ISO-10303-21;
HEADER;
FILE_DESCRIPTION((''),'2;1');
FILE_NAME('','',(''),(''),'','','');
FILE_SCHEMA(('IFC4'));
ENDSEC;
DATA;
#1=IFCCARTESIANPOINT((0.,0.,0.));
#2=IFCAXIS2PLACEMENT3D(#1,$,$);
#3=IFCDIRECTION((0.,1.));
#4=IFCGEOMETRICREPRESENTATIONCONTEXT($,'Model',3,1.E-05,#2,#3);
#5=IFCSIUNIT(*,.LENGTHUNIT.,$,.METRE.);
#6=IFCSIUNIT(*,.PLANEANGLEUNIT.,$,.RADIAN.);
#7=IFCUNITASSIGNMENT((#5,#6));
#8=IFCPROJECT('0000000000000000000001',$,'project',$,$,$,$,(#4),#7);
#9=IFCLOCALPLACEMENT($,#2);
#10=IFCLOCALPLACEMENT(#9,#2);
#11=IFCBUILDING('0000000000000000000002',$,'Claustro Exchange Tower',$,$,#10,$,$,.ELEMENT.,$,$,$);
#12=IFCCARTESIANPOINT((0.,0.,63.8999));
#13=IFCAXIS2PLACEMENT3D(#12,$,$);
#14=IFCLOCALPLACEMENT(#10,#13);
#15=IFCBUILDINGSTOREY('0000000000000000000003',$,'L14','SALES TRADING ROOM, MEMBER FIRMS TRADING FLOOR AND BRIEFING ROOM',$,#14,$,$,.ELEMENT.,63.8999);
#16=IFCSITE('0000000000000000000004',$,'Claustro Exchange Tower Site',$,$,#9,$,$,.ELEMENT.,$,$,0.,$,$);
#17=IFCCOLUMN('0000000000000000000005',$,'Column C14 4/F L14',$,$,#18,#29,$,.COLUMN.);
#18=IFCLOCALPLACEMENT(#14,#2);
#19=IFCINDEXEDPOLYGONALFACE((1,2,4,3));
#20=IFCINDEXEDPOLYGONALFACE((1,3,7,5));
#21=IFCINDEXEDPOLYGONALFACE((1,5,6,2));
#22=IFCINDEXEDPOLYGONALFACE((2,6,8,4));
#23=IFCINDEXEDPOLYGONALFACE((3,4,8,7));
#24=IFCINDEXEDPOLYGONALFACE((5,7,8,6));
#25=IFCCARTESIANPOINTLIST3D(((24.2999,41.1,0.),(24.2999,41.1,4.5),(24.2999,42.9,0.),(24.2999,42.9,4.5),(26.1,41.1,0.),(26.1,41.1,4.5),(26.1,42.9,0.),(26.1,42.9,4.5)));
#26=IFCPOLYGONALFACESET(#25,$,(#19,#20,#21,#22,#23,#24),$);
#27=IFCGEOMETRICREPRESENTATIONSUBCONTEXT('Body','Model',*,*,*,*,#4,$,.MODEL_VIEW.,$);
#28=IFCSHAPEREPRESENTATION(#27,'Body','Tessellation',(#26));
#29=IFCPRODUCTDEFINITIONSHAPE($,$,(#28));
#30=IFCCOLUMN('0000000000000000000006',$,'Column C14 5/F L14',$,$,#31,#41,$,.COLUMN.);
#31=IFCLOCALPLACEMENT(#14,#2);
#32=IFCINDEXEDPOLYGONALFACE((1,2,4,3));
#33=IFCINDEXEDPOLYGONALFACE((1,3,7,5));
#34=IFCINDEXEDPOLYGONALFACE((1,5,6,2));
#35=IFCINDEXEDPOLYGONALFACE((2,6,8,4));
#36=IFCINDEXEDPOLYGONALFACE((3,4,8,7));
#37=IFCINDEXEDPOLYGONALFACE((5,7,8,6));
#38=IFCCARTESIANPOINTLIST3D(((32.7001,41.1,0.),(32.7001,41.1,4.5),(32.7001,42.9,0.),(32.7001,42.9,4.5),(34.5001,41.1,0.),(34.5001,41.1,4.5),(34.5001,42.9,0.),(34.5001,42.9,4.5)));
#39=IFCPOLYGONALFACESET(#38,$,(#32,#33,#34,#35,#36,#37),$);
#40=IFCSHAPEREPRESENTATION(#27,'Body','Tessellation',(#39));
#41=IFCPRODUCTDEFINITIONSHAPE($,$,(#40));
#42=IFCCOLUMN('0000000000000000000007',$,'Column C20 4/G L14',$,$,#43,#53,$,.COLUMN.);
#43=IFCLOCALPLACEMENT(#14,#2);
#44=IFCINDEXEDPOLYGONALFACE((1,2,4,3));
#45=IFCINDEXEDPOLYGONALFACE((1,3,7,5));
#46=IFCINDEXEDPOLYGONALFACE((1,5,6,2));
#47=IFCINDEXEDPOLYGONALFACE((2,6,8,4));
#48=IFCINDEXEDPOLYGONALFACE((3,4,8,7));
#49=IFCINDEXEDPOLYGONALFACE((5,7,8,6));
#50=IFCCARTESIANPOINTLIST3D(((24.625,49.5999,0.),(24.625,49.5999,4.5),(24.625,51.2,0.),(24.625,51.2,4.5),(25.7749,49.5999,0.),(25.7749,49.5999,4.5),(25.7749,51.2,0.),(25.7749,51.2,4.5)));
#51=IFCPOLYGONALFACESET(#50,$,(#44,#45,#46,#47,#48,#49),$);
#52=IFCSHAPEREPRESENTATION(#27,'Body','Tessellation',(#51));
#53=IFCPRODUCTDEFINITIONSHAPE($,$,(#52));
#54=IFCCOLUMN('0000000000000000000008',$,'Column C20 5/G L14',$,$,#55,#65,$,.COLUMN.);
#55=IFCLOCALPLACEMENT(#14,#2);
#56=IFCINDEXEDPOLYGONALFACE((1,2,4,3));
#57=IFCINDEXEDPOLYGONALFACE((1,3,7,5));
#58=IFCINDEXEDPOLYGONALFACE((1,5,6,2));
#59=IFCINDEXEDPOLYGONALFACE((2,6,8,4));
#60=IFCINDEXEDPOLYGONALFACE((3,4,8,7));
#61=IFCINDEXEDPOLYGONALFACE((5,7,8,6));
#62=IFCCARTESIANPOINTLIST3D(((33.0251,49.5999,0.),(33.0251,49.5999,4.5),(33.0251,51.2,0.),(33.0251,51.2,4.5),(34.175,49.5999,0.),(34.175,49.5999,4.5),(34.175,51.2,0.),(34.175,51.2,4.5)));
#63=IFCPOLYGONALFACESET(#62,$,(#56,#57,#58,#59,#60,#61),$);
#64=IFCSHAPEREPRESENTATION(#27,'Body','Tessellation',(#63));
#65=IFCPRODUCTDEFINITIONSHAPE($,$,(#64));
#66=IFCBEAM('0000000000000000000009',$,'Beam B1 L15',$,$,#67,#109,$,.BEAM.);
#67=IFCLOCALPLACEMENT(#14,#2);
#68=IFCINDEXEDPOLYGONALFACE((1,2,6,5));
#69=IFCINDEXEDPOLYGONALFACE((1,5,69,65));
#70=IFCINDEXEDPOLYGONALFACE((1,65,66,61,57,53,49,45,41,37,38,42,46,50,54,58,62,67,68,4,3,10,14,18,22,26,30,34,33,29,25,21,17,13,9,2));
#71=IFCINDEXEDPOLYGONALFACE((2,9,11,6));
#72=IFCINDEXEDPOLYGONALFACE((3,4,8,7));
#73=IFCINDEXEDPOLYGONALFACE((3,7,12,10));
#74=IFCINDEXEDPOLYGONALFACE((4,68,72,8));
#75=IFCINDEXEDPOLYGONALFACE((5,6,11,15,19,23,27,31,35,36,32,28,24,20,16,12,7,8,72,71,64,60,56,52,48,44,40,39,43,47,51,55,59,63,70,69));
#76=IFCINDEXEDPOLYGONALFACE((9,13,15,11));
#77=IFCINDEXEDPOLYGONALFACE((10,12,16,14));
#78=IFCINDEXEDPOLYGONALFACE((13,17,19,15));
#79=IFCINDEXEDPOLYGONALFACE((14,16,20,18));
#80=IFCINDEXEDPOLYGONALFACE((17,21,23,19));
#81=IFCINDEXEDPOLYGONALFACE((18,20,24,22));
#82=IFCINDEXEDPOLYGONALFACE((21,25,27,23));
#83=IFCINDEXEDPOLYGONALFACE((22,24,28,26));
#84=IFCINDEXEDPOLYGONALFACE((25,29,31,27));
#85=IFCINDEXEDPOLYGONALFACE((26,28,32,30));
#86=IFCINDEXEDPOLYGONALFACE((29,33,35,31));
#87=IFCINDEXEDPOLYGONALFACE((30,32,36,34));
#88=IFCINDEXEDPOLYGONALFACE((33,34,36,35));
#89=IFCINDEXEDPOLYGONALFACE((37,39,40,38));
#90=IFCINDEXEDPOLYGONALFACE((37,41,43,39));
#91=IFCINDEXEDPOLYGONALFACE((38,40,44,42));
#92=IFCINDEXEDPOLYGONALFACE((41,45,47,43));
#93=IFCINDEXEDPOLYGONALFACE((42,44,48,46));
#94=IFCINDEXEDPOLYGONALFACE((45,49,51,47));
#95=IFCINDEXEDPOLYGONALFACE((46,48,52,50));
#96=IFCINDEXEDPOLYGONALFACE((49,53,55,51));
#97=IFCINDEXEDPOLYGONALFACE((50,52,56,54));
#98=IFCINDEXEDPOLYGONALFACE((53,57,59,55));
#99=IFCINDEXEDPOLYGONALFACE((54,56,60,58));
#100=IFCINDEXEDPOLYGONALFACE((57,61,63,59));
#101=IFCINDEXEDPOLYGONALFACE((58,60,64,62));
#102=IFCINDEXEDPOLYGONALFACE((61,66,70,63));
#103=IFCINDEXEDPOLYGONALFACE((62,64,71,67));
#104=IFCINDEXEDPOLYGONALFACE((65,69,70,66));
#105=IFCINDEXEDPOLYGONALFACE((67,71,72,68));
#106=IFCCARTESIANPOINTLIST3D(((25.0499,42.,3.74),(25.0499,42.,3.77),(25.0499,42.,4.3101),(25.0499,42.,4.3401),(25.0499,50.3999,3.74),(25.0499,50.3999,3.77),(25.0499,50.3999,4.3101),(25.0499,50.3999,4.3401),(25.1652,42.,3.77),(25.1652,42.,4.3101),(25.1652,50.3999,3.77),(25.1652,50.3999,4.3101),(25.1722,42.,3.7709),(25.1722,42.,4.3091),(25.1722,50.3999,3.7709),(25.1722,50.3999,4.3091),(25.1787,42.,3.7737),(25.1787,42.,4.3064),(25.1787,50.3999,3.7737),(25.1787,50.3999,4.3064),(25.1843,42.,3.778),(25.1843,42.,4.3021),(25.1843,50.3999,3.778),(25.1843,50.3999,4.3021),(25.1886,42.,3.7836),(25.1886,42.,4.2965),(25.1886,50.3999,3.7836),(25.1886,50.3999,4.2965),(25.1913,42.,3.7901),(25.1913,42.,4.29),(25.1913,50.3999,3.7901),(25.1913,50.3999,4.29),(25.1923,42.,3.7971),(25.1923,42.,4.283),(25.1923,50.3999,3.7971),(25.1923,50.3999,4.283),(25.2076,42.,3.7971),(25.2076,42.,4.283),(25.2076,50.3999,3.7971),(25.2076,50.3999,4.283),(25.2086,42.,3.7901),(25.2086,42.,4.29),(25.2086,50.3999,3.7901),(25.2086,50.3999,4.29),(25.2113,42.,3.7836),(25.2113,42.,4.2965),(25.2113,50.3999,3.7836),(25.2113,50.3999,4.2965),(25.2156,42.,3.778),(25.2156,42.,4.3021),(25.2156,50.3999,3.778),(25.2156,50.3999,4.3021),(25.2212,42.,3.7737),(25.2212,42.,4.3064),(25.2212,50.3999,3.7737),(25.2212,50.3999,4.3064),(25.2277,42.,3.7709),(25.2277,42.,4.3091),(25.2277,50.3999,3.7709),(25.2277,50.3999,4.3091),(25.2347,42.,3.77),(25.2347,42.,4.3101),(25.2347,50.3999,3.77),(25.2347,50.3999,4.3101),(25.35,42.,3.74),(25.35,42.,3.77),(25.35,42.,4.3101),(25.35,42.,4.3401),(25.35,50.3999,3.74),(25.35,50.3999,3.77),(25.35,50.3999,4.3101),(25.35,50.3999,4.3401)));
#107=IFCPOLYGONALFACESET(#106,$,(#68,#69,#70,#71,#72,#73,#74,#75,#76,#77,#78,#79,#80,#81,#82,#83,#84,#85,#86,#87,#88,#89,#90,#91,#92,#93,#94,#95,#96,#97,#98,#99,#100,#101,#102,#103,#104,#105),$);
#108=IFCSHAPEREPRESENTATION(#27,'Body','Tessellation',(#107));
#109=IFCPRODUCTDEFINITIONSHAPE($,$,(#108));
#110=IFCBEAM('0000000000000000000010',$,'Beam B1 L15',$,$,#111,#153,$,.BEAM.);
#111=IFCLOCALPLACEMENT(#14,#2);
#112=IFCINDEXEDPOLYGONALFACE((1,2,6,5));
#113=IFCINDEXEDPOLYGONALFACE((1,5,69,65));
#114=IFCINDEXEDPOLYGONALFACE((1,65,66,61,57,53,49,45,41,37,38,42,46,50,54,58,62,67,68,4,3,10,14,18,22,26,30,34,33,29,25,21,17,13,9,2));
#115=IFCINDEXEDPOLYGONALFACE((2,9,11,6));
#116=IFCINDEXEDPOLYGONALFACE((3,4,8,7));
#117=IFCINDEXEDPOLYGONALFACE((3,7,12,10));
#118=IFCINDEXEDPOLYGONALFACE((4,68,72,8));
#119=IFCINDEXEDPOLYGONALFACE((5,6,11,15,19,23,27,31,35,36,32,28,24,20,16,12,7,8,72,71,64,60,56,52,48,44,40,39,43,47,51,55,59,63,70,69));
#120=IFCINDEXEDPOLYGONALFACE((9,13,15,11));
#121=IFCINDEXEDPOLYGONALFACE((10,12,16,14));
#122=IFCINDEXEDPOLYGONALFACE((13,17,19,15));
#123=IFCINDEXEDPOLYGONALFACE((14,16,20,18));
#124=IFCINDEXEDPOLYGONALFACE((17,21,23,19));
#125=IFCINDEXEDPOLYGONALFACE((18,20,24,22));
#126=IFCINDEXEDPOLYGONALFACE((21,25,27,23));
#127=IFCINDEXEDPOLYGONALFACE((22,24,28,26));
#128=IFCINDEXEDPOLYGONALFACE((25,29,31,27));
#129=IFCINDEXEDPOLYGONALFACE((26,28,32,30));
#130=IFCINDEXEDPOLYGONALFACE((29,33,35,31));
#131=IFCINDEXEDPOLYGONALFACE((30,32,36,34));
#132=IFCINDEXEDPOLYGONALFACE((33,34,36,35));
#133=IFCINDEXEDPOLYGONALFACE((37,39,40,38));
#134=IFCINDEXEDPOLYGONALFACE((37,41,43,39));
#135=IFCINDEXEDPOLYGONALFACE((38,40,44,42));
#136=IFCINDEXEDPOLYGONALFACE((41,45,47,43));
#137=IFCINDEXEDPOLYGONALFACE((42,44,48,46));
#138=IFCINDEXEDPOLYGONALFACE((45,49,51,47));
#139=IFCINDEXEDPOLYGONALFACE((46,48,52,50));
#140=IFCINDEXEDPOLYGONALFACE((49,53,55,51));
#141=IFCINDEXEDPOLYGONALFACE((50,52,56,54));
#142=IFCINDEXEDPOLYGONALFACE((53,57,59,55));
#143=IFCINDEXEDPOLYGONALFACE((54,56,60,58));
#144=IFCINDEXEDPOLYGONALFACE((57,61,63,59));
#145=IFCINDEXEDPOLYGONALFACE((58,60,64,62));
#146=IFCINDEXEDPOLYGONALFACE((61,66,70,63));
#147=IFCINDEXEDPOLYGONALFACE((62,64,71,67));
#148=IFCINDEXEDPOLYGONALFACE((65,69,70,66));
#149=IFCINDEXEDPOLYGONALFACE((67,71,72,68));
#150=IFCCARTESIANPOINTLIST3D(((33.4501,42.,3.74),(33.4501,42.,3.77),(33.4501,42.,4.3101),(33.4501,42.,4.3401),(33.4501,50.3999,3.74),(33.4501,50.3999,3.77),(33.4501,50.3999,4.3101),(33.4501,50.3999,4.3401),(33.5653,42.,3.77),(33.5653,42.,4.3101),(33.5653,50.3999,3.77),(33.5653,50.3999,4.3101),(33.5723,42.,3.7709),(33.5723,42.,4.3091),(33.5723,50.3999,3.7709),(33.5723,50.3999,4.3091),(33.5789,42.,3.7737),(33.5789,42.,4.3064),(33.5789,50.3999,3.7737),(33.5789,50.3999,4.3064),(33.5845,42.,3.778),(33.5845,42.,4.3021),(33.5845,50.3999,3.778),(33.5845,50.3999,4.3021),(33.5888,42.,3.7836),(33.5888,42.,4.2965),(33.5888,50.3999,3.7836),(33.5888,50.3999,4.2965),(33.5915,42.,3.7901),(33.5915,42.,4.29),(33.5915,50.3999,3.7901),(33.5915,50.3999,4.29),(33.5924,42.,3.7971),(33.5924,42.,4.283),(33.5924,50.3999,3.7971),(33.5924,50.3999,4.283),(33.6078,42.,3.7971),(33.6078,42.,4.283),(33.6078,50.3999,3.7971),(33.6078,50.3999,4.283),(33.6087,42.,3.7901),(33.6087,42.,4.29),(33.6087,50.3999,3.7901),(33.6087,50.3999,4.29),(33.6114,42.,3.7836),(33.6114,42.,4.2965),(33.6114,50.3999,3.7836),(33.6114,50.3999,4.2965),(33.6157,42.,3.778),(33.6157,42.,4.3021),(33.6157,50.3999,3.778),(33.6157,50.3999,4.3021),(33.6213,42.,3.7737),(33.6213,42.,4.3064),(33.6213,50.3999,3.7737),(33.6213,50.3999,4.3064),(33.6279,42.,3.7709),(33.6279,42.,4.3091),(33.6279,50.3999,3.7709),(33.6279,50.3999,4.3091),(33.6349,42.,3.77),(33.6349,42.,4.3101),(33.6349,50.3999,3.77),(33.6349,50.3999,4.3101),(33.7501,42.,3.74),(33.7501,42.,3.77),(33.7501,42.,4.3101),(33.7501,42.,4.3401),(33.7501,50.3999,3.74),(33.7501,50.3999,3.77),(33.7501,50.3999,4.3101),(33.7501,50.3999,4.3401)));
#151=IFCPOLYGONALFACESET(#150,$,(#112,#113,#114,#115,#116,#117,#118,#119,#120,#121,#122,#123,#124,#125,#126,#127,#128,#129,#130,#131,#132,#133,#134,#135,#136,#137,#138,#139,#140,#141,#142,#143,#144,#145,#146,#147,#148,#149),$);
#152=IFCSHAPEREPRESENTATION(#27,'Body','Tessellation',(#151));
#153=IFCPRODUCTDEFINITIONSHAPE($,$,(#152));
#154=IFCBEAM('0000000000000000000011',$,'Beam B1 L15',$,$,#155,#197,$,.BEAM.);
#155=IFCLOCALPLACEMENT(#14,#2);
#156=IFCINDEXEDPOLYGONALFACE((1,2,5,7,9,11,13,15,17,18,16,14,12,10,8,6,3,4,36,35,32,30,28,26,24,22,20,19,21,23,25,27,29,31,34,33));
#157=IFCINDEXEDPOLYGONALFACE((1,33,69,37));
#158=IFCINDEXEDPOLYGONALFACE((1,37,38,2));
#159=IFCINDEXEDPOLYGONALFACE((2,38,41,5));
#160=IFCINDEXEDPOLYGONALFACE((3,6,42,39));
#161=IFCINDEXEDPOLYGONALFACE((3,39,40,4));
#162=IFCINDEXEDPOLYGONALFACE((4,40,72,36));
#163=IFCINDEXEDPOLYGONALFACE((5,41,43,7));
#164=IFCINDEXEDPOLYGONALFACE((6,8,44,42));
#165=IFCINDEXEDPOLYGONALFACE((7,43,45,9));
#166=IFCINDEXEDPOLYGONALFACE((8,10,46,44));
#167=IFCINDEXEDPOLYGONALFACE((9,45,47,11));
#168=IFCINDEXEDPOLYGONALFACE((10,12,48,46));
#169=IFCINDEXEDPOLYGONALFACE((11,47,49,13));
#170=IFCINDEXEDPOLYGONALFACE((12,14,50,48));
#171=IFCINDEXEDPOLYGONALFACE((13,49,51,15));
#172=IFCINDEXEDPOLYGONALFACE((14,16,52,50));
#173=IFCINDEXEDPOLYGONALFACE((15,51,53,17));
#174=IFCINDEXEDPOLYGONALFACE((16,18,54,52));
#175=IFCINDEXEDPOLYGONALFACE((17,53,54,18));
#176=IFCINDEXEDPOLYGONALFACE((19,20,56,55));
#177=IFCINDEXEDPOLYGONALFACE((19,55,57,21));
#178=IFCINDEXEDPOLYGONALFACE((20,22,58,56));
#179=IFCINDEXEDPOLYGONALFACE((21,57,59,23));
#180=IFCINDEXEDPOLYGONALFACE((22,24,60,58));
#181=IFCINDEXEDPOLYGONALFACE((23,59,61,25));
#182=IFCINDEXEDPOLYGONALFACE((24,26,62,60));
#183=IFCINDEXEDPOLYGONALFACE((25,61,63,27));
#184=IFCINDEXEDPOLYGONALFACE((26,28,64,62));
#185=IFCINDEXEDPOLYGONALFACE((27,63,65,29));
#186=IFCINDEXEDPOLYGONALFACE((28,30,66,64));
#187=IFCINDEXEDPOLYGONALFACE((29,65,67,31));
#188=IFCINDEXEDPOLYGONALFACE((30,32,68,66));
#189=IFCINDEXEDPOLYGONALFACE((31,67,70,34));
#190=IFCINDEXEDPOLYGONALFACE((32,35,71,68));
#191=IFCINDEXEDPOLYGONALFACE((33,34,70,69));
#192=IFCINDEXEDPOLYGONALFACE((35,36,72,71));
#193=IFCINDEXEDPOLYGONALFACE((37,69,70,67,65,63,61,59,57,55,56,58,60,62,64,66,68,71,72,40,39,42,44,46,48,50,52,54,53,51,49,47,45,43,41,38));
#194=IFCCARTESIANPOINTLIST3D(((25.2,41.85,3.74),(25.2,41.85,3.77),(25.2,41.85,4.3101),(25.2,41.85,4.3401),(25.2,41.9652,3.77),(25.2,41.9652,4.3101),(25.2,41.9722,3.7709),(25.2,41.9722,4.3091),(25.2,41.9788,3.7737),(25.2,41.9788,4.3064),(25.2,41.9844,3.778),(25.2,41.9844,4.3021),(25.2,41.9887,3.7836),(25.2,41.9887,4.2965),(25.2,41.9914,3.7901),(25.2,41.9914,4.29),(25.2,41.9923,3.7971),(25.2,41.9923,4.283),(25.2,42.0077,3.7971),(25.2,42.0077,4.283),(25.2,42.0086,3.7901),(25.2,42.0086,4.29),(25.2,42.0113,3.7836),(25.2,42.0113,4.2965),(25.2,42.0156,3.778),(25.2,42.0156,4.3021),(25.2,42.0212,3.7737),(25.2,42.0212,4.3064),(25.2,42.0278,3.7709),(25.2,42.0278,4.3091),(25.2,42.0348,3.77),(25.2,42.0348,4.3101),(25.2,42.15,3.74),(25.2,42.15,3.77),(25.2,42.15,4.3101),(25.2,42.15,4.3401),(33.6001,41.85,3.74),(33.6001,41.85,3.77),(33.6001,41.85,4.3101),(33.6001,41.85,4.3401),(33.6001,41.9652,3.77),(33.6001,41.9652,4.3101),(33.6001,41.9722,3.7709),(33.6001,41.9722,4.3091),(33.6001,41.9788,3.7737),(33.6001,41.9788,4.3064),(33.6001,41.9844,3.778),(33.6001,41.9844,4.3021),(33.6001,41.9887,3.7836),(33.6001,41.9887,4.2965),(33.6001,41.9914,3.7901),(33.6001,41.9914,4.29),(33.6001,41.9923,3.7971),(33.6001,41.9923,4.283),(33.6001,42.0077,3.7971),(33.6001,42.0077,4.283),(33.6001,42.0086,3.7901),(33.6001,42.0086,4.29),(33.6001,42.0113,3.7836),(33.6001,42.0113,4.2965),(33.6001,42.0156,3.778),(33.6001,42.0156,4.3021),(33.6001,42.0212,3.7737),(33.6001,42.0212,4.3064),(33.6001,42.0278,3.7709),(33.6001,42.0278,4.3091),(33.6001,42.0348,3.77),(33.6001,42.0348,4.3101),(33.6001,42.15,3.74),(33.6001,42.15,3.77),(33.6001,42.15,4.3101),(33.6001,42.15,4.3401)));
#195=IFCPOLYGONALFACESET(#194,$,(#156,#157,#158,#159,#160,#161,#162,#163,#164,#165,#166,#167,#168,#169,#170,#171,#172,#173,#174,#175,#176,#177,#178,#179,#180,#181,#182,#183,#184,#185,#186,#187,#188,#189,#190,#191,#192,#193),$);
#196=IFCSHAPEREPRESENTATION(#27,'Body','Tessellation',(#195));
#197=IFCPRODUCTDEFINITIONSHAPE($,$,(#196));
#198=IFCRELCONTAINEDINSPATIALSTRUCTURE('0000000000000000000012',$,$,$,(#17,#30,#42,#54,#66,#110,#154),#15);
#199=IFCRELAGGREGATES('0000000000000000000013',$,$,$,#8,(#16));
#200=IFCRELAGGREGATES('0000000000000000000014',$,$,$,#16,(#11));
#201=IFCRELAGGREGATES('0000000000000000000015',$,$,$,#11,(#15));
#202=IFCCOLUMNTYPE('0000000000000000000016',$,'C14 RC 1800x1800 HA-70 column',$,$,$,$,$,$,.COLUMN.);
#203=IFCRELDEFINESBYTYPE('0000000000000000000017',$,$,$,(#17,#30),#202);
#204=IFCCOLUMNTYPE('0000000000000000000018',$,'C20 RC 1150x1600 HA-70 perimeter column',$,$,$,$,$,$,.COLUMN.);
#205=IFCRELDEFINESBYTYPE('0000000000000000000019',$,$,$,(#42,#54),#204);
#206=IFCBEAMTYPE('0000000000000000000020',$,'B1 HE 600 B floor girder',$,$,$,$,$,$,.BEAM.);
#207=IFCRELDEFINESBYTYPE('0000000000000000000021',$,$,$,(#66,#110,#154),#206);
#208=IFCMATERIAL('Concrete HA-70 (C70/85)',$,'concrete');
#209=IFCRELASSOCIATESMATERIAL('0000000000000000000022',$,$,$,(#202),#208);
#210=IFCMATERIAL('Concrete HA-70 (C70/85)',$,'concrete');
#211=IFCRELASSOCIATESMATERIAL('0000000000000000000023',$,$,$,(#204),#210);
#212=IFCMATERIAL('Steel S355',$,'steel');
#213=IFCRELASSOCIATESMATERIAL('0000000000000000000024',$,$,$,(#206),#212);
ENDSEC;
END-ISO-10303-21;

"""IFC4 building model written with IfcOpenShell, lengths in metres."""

from ifc_helpers import new_model, si_unit, direction, frame, origin, origin_2d, place, context, subcontext, project, spatial, rectangle, i_section, extrude, material, material_profile, profile_set, type_object, element, save


model = new_model("IFC4")

# Units and contexts
model_context = context("Model", 3, precision=1e-05, world=origin(), true_north=direction((0.0, 1.0)))
body_context = subcontext(model_context, "Body", "Model", "MODEL_VIEW")
ifc_project = project(units=[si_unit("LENGTHUNIT", "METRE"), si_unit("PLANEANGLEUNIT", "RADIAN")], contexts=[model_context])

# Site, building, storey
site_placement = place(None, origin())
site = spatial("IfcSite", under=ifc_project, at=site_placement, Name="Claustro Exchange Tower Site", CompositionType="ELEMENT", RefElevation=0.0)
building_placement = place(site_placement, origin())
building = spatial("IfcBuilding", under=site, at=building_placement, Name="Claustro Exchange Tower", CompositionType="ELEMENT")
storey_placement = place(building_placement, frame((0.0, 0.0, 63.8999)))
storey = spatial("IfcBuildingStorey", under=building, at=storey_placement, Name="L14", Description="SALES TRADING ROOM, MEMBER FIRMS TRADING FLOOR AND BRIEFING ROOM", CompositionType="ELEMENT", Elevation=63.8999)

# Columns
ifc_material_1 = material(Name="Concrete HA-70 (C70/85)", Category="concrete")
ifc_material_profile_1 = material_profile(ifc_material_1, rectangle(XDim=1.8, YDim=1.8, at=origin_2d()), Name="RC 1800x1800")
ifc_profile_set_1 = profile_set([ifc_material_profile_1], Name="Concrete HA-70 (C70/85)")
column_type_1 = type_object("IfcColumnType", Name="C14 RC 1800x1800 HA-70 column", PredefinedType="COLUMN", material=ifc_profile_set_1)
for number, where, z_axis, x_axis, name in (
    (1, (25.2, 42.0, 0.0), (0.0, 0.0, 1.0), (1.0, 0.0, 0.0), "Column C14 4/F L14"),
    (2, (33.6001, 42.0, 0.0), (0.0, 0.0, 1.0), (1.0, 0.0, 0.0), "Column C14 5/F L14"),
):
    element("IfcColumn", number, at=place(storey_placement, frame(where, z_axis=z_axis, x_axis=x_axis)), inside=storey, type_object=column_type_1, Name=name, PredefinedType="COLUMN", context=body_context, shape_type="SweptSolid", body=[
        extrude(rectangle(XDim=1.8, YDim=1.8, at=origin_2d()), origin(), (0.0, 0.0, 1.0), 4.5),
    ])
ifc_material_2 = material(Name="Concrete HA-70 (C70/85)", Category="concrete")
ifc_material_profile_2 = material_profile(ifc_material_2, rectangle(XDim=1.1499, YDim=1.6001, at=origin_2d()), Name="RC 1150x1600")
ifc_profile_set_2 = profile_set([ifc_material_profile_2], Name="Concrete HA-70 (C70/85)")
column_type_2 = type_object("IfcColumnType", Name="C20 RC 1150x1600 HA-70 perimeter column", PredefinedType="COLUMN", material=ifc_profile_set_2)
for number, where, z_axis, x_axis, name in (
    (3, (25.2, 50.3999, 0.0), (0.0, 0.0, 1.0), (1.0, 0.0, 0.0), "Column C20 4/G L14"),
    (4, (33.6001, 50.3999, 0.0), (0.0, 0.0, 1.0), (1.0, 0.0, 0.0), "Column C20 5/G L14"),
):
    element("IfcColumn", number, at=place(storey_placement, frame(where, z_axis=z_axis, x_axis=x_axis)), inside=storey, type_object=column_type_2, Name=name, PredefinedType="COLUMN", context=body_context, shape_type="SweptSolid", body=[
        extrude(rectangle(XDim=1.1499, YDim=1.6001, at=origin_2d()), origin(), (0.0, 0.0, 1.0), 4.5),
    ])

# Beams
ifc_material_3 = material(Name="Steel S355", Category="steel")
ifc_material_profile_3 = material_profile(ifc_material_3, i_section(OverallWidth=0.3, OverallDepth=0.6001, WebThickness=0.0154, FlangeThickness=0.03, FilletRadius=0.0271, at=origin_2d()), Name="HE 600 B")
ifc_profile_set_3 = profile_set([ifc_material_profile_3], Name="Steel S355")
beam_type_1 = type_object("IfcBeamType", Name="B1 HE 600 B floor girder", PredefinedType="BEAM", material=ifc_profile_set_3)
for number, where, z_axis, x_axis, name in (
    (5, (25.2, 42.0, 4.04), (0.0, 1.0, 0.0), (-1.0, 0.0, 0.0), "Beam B1 L15"),
    (6, (33.6001, 42.0, 4.04), (0.0, 1.0, 0.0), (-1.0, 0.0, 0.0), "Beam B1 L15"),
):
    element("IfcBeam", number, at=place(storey_placement, frame(where, z_axis=z_axis, x_axis=x_axis)), inside=storey, type_object=beam_type_1, Name=name, PredefinedType="BEAM", context=body_context, shape_type="SweptSolid", body=[
        extrude(i_section(OverallWidth=0.3, OverallDepth=0.6001, WebThickness=0.0154, FlangeThickness=0.03, FilletRadius=0.0271, at=origin_2d()), origin(), (0.0, 0.0, 1.0), 8.3999),
    ])
beam_1_placement = place(storey_placement, frame((25.2, 42.0, 4.04), z_axis=(1.0, 0.0, 0.0), x_axis=(0.0, 1.0, 0.0)))
element("IfcBeam", 7, at=beam_1_placement, inside=storey, type_object=beam_type_1, Name="Beam B1 L15", PredefinedType="BEAM", context=body_context, shape_type="SweptSolid", body=[
    extrude(i_section(OverallWidth=0.3, OverallDepth=0.6001, WebThickness=0.0154, FlangeThickness=0.03, FilletRadius=0.0271, at=origin_2d()), origin(), (0.0, 0.0, 1.0), 8.4001),
])

save(model, "model.ifc")
